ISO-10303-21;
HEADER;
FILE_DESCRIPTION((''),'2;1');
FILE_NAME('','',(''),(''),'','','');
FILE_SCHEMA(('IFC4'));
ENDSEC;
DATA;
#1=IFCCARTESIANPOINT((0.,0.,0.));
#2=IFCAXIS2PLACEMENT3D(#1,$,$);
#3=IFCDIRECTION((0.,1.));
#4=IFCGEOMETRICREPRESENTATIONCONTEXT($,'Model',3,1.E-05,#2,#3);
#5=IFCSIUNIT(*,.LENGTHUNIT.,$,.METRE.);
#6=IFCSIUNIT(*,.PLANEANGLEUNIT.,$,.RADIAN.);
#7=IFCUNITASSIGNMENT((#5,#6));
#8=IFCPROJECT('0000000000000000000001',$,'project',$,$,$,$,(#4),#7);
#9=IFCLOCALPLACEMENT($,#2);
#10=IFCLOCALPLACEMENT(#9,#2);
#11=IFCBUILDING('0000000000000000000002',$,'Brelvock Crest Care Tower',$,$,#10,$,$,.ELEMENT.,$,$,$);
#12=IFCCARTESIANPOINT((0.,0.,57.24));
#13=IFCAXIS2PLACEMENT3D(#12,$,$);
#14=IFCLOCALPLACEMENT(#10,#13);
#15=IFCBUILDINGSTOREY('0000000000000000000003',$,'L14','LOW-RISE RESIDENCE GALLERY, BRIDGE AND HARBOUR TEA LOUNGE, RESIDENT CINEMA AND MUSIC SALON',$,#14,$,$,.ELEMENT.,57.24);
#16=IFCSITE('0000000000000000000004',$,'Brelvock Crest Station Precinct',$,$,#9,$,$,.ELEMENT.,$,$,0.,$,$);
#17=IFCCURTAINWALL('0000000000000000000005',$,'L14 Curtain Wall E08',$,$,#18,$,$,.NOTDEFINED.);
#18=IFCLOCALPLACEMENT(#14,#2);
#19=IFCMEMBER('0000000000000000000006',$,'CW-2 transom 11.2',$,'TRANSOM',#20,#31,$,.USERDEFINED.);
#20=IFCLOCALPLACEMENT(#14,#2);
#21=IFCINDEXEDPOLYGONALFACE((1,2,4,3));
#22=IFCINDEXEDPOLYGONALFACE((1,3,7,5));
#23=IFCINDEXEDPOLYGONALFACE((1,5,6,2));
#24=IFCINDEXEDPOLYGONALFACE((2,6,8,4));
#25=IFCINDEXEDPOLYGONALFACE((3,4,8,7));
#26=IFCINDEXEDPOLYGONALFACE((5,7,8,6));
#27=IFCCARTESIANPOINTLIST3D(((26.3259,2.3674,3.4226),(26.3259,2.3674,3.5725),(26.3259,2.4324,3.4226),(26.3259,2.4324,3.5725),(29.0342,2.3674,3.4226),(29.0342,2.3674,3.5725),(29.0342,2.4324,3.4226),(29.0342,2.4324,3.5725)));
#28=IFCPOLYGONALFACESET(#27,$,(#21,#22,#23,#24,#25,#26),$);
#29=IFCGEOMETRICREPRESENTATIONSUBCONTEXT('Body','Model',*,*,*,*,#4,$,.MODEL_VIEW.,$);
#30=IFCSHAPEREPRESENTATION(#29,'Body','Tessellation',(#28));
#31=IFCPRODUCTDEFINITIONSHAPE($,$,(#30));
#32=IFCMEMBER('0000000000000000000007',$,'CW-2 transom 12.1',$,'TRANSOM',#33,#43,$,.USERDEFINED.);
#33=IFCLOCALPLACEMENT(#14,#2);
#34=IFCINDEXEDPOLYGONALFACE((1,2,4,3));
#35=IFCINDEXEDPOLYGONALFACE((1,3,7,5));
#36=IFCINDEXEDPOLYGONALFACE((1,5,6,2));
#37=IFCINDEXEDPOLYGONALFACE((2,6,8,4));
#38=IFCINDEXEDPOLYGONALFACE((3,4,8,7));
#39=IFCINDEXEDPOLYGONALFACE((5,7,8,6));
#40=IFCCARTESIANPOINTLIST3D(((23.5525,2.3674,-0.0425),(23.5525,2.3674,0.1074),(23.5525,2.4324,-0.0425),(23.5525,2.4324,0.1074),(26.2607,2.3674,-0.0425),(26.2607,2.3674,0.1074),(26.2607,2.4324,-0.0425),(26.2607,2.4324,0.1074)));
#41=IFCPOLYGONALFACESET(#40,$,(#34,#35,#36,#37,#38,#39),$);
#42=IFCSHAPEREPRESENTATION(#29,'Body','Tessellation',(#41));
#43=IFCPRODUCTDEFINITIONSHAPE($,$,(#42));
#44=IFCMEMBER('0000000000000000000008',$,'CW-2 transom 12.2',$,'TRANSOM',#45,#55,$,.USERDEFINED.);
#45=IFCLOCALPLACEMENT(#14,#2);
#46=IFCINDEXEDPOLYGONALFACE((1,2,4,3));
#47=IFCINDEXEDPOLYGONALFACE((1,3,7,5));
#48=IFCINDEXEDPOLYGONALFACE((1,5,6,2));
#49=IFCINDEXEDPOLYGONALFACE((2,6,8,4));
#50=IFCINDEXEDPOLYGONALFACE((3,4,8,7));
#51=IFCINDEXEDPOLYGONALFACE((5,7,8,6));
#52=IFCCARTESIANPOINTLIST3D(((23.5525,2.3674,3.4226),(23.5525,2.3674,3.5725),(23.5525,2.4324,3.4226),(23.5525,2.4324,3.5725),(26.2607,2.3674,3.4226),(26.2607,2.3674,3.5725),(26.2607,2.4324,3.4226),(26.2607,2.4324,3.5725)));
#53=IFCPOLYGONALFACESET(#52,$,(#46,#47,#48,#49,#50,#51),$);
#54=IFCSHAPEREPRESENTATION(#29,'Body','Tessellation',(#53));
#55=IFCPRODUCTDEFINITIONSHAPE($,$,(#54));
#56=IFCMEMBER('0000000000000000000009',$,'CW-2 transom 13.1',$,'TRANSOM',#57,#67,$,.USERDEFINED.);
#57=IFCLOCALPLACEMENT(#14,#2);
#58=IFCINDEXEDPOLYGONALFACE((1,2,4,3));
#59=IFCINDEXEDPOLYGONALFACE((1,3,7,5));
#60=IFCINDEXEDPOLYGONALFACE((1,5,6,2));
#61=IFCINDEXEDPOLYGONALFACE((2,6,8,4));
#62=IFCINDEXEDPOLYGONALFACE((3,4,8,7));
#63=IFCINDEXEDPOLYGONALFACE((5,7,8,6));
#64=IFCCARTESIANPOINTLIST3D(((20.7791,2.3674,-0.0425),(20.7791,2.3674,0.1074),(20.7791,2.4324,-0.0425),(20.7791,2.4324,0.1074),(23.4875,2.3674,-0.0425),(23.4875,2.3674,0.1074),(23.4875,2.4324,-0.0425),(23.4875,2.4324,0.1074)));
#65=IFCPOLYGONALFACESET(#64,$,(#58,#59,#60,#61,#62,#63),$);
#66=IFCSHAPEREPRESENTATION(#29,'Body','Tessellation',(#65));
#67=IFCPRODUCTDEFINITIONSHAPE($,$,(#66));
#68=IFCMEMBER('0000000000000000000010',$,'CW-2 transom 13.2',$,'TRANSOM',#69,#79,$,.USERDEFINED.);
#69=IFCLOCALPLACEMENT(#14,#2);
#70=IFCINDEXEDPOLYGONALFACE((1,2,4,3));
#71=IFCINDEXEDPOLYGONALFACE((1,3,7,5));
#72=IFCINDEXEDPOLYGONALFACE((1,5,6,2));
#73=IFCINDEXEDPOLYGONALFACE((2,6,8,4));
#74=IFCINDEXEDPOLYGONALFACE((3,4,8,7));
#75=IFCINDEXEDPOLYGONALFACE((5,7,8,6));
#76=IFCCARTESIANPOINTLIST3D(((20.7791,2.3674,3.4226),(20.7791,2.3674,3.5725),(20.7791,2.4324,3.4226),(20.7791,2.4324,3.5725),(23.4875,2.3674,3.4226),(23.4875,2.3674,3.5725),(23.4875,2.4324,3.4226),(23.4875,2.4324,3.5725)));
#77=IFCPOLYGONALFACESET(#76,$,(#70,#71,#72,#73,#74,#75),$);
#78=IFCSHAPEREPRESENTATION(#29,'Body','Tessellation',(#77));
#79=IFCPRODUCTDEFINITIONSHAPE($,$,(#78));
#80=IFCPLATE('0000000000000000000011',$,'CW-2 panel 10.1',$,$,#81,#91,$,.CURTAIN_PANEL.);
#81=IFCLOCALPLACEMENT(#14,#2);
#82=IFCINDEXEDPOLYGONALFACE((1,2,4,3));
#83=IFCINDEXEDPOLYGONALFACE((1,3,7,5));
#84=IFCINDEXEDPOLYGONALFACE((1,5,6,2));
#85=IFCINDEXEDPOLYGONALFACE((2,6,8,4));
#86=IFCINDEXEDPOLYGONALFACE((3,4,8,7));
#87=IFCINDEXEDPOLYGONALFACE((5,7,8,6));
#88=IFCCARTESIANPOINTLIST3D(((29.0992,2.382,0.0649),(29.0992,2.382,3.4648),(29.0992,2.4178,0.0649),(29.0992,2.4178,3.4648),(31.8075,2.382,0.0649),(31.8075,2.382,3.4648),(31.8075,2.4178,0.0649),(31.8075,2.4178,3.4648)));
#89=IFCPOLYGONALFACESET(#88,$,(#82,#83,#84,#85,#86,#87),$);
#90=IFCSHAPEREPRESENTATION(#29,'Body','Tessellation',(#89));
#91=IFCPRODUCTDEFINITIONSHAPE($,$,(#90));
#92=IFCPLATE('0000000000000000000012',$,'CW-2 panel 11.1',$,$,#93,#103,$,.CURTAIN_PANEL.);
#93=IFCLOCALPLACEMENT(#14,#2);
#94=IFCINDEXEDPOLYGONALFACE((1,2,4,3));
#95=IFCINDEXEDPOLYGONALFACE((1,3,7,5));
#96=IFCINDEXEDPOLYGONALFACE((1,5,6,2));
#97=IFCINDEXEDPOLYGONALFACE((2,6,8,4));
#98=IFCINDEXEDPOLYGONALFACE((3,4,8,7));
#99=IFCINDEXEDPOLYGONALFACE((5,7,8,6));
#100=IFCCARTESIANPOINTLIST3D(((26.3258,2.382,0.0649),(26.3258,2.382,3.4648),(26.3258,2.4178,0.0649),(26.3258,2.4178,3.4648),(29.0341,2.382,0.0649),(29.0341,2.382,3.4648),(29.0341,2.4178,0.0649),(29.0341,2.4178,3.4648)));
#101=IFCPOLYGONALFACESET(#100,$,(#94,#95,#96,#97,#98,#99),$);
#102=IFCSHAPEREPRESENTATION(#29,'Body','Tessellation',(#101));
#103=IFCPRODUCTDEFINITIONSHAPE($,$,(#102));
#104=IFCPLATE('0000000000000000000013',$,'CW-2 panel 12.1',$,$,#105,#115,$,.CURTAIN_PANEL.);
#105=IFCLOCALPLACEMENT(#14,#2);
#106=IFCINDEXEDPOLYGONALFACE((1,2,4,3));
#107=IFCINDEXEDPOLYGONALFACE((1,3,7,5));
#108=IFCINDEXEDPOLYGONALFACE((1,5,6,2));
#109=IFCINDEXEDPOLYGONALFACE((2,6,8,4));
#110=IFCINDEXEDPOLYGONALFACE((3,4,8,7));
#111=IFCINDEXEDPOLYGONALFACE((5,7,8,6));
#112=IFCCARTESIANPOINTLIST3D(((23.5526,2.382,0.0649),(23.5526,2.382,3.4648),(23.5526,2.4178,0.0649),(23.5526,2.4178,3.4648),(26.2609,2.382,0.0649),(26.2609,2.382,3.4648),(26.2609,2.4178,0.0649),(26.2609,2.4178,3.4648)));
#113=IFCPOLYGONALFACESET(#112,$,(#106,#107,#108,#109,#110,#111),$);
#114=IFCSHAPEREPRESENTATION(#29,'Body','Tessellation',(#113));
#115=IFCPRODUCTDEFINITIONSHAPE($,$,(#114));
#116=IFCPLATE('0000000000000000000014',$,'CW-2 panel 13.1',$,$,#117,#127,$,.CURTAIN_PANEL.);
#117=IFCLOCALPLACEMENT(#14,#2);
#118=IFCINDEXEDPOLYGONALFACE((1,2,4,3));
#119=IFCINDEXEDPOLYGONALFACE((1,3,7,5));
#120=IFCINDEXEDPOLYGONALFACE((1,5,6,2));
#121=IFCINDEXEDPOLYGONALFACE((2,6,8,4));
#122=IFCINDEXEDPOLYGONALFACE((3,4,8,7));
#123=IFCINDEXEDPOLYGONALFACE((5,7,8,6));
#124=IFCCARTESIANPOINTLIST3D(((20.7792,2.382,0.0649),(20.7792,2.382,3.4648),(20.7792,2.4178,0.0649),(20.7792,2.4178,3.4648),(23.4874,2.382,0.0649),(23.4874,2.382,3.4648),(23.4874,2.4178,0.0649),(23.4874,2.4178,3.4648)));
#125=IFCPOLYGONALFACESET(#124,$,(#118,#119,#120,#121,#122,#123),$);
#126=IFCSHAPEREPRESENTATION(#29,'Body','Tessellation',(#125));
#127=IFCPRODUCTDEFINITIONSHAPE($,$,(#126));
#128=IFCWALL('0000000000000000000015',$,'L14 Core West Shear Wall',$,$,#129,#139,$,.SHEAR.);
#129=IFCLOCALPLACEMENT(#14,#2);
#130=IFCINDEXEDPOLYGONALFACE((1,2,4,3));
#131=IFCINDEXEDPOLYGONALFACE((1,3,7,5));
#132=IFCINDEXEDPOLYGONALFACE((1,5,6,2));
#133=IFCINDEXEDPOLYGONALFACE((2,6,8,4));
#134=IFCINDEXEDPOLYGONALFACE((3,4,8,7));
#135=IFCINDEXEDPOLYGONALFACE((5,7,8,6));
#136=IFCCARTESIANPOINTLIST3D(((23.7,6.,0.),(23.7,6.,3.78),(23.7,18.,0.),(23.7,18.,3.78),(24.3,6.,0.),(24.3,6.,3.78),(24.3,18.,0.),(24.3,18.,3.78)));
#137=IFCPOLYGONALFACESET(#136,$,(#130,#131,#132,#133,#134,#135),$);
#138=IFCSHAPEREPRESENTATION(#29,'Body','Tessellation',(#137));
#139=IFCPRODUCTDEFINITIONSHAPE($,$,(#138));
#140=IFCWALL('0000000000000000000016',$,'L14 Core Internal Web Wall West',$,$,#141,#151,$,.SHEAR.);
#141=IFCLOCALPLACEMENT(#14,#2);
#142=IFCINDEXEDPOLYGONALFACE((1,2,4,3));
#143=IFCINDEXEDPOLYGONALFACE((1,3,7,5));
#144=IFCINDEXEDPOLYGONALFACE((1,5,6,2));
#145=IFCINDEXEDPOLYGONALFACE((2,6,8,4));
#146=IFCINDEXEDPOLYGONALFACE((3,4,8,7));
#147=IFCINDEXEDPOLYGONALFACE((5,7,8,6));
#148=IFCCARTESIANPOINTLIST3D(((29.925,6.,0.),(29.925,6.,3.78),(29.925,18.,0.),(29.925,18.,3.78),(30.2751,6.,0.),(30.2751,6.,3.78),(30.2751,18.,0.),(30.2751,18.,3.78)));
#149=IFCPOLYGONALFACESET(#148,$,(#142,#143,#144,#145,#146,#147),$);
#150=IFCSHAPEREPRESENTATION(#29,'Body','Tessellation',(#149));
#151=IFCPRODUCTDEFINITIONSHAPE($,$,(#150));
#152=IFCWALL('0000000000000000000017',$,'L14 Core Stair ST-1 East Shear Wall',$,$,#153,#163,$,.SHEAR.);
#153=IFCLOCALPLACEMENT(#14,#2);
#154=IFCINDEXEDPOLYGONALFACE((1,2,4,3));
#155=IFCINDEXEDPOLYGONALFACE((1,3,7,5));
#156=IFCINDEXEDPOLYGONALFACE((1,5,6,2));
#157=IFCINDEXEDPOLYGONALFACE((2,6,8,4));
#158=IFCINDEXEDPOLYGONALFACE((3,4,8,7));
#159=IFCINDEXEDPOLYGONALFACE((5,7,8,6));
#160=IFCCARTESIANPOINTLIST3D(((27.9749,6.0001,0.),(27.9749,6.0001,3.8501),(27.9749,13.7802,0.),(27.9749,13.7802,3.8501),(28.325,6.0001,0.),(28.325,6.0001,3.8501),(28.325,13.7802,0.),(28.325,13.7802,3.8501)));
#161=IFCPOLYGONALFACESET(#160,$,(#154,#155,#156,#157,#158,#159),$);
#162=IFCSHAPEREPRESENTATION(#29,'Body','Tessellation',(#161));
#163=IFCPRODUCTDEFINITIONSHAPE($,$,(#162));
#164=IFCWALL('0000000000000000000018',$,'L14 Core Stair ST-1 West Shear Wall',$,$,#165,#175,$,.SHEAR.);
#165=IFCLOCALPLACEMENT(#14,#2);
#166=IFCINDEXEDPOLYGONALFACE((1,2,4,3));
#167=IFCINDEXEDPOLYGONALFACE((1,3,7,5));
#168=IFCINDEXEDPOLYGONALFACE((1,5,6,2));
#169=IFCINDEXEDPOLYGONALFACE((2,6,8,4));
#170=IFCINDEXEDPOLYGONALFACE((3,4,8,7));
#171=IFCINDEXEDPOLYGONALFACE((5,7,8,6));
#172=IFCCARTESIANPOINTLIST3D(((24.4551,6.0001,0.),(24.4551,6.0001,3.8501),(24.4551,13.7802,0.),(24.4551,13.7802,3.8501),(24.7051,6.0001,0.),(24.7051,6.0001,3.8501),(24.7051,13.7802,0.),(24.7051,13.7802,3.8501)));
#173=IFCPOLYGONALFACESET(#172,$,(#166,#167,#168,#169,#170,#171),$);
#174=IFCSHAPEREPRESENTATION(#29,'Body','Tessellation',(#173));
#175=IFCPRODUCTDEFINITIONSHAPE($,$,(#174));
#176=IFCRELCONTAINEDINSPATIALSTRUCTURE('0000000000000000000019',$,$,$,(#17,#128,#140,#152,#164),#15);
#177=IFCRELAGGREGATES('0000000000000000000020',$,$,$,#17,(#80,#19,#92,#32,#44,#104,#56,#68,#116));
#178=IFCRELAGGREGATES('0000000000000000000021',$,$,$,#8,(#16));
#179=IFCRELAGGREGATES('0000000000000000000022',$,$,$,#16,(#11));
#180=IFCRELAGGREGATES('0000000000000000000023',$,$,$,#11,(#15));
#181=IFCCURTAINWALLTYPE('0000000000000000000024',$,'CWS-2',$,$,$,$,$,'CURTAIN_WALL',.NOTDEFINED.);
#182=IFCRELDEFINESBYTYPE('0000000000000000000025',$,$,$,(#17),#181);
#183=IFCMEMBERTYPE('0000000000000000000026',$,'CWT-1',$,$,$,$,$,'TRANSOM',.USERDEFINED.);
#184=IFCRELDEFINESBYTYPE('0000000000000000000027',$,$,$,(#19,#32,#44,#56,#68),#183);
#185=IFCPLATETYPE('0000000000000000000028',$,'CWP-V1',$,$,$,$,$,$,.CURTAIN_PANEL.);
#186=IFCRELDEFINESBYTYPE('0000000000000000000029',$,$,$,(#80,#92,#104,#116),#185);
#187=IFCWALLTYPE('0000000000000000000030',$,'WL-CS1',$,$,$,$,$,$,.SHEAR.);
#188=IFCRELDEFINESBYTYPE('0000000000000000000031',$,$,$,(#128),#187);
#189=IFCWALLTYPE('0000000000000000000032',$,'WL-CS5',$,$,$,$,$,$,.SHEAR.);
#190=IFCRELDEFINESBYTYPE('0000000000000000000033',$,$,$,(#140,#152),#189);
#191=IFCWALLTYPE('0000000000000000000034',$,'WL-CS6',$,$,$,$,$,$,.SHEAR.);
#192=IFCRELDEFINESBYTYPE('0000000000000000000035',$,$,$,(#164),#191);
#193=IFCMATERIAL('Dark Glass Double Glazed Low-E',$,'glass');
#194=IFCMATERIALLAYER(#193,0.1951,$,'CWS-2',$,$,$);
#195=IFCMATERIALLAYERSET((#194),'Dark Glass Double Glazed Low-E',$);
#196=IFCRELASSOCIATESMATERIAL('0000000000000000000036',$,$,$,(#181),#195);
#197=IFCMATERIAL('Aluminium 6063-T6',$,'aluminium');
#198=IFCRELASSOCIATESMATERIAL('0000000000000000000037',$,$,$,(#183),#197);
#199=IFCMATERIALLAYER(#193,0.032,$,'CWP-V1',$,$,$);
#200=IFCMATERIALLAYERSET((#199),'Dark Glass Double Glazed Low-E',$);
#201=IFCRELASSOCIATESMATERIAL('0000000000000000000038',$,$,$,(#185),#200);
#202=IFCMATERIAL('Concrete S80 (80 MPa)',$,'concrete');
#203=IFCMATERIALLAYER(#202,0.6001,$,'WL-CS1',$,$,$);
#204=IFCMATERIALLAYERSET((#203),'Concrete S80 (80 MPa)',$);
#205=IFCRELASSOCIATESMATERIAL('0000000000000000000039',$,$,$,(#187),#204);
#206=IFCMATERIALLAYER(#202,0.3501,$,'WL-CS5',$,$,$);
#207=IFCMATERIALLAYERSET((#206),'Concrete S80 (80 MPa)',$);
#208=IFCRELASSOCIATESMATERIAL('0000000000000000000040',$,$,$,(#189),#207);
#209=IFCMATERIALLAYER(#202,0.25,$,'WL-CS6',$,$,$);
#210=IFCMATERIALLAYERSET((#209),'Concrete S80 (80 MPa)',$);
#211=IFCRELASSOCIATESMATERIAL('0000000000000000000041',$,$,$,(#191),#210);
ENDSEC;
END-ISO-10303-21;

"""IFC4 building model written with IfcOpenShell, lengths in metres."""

from ifc_helpers import new_model, si_unit, direction, frame, frame_2d, origin, origin_2d, place, context, subcontext, project, spatial, rectangle, extrude, source, transform, mapped, material, layer, layer_set, material_profile, profile_set, type_object, element, aggregate, save


model = new_model("IFC4")

# Units and contexts
model_context = context("Model", 3, precision=1e-05, world=origin(), true_north=direction((0.0, 1.0)))
body_context = subcontext(model_context, "Body", "Model", "MODEL_VIEW")
ifc_project = project(units=[si_unit("LENGTHUNIT", "METRE"), si_unit("PLANEANGLEUNIT", "RADIAN")], contexts=[model_context])

# Site, building, storey
site_placement = place(None, origin())
site = spatial("IfcSite", under=ifc_project, at=site_placement, Name="Brelvock Crest Station Precinct", CompositionType="ELEMENT", RefElevation=0.0)
building_placement = place(site_placement, origin())
building = spatial("IfcBuilding", under=site, at=building_placement, Name="Brelvock Crest Care Tower", CompositionType="ELEMENT")
storey_placement = place(building_placement, frame((0.0, 0.0, 57.24)))
storey = spatial("IfcBuildingStorey", under=building, at=storey_placement, Name="L14", Description="LOW-RISE RESIDENCE GALLERY, BRIDGE AND HARBOUR TEA LOUNGE, RESIDENT CINEMA AND MUSIC SALON", CompositionType="ELEMENT", Elevation=57.24)

# Shared definitions
ifc_material_1 = material(Name="Concrete S80 (80 MPa)", Category="concrete")

# Curtain wall, members, plates
ifc_material_2 = material(Name="Dark Glass Double Glazed Low-E", Category="glass")
ifc_layer_1 = layer(ifc_material_2, 0.1951, Name="CWS-2")
ifc_layer_set_1 = layer_set([ifc_layer_1], Name="Dark Glass Double Glazed Low-E")
curtain_wall_type = type_object("IfcCurtainWallType", Name="CWS-2", ElementType="CURTAIN_WALL", PredefinedType="NOTDEFINED", material=ifc_layer_set_1)
curtain_wall_placement = place(storey_placement, origin())
curtain_wall = element("IfcCurtainWall", 1, at=curtain_wall_placement, inside=storey, type_object=curtain_wall_type, Name="L14 Curtain Wall E08", PredefinedType="NOTDEFINED")
ifc_material_3 = material(Name="Aluminium 6063-T6", Category="aluminium")
ifc_material_profile_1 = material_profile(ifc_material_3, rectangle(XDim=0.0649, YDim=0.1499, at=origin_2d()), Name="ALU65x150")
ifc_profile_set_1 = profile_set([ifc_material_profile_1], Name="Aluminium 6063-T6")
member_type_1 = type_object("IfcMemberType", Name="CWT-1", ElementType="TRANSOM", PredefinedType="USERDEFINED", material=ifc_profile_set_1)
shared_shape_1 = source(origin(), body_context, "Body", "SweptSolid", [
    extrude(rectangle(XDim=0.0649, YDim=0.1499, at=origin_2d()), origin(), (0.0, 0.0, 1.0), 2.7083),
])
member_1_placement = place(storey_placement, frame((29.0342, 2.3999, 3.4976), z_axis=(-1.0, 0.0, 0.0), x_axis=(0.0, -1.0, 0.0)))
member_1 = element("IfcMember", 2, at=member_1_placement, type_object=member_type_1, Name="CW-2 transom 11.2", ObjectType="TRANSOM", PredefinedType="USERDEFINED", context=body_context, shape_type="MappedRepresentation", body=[
    mapped(shared_shape_1, transform((0.0, 0.0, 0.0), x_axis=(1.0, 0.0, 0.0), y_axis=(0.0, 1.0, 0.0), z_axis=(0.0, 0.0, 1.0), scale=1.0)),
])
member_2_placement = place(storey_placement, frame((26.2607, 2.3999, 0.0325), z_axis=(-1.0, 0.0, 0.0), x_axis=(0.0, -1.0, 0.0)))
member_2 = element("IfcMember", 3, at=member_2_placement, type_object=member_type_1, Name="CW-2 transom 12.1", ObjectType="TRANSOM", PredefinedType="USERDEFINED", context=body_context, shape_type="MappedRepresentation", body=[
    mapped(shared_shape_1, transform((0.0, 0.0, 0.0), x_axis=(1.0, 0.0, 0.0), y_axis=(0.0, 1.0, 0.0), z_axis=(0.0, 0.0, 1.0), scale=1.0)),
])
member_3_placement = place(storey_placement, frame((26.2607, 2.3999, 3.4976), z_axis=(-1.0, 0.0, 0.0), x_axis=(0.0, -1.0, 0.0)))
member_3 = element("IfcMember", 4, at=member_3_placement, type_object=member_type_1, Name="CW-2 transom 12.2", ObjectType="TRANSOM", PredefinedType="USERDEFINED", context=body_context, shape_type="MappedRepresentation", body=[
    mapped(shared_shape_1, transform((0.0, 0.0, 0.0), x_axis=(1.0, 0.0, 0.0), y_axis=(0.0, 1.0, 0.0), z_axis=(0.0, 0.0, 1.0), scale=1.0)),
])
shared_shape_2 = source(origin(), body_context, "Body", "SweptSolid", [
    extrude(rectangle(XDim=0.0649, YDim=0.1499, at=origin_2d()), origin(), (0.0, 0.0, 1.0), 2.7085),
])
member_4_placement = place(storey_placement, frame((23.4875, 2.3999, 0.0325), z_axis=(-1.0, 0.0, 0.0), x_axis=(0.0, -1.0, 0.0)))
member_4 = element("IfcMember", 5, at=member_4_placement, type_object=member_type_1, Name="CW-2 transom 13.1", ObjectType="TRANSOM", PredefinedType="USERDEFINED", context=body_context, shape_type="MappedRepresentation", body=[
    mapped(shared_shape_2, transform((0.0, 0.0, 0.0), x_axis=(1.0, 0.0, 0.0), y_axis=(0.0, 1.0, 0.0), z_axis=(0.0, 0.0, 1.0), scale=1.0)),
])
member_5_placement = place(storey_placement, frame((23.4875, 2.3999, 3.4976), z_axis=(-1.0, 0.0, 0.0), x_axis=(0.0, -1.0, 0.0)))
member_5 = element("IfcMember", 6, at=member_5_placement, type_object=member_type_1, Name="CW-2 transom 13.2", ObjectType="TRANSOM", PredefinedType="USERDEFINED", context=body_context, shape_type="MappedRepresentation", body=[
    mapped(shared_shape_2, transform((0.0, 0.0, 0.0), x_axis=(1.0, 0.0, 0.0), y_axis=(0.0, 1.0, 0.0), z_axis=(0.0, 0.0, 1.0), scale=1.0)),
])
ifc_layer_2 = layer(ifc_material_2, 0.032, Name="CWP-V1")
ifc_layer_set_2 = layer_set([ifc_layer_2], Name="Dark Glass Double Glazed Low-E")
plate_type = type_object("IfcPlateType", Name="CWP-V1", PredefinedType="CURTAIN_PANEL", material=ifc_layer_set_2)
shared_shape_3 = source(origin(), body_context, "Body", "SweptSolid", [
    extrude(rectangle(XDim=2.7083, YDim=0.0359, at=origin_2d()), origin(), (0.0, 0.0, 1.0), 3.3999),
])
plate_1_placement = place(storey_placement, frame((30.4534, 2.3999, 0.0649), z_axis=(0.0, 0.0, 1.0), x_axis=(-1.0, 0.0, 0.0)))
plate_1 = element("IfcPlate", 7, at=plate_1_placement, type_object=plate_type, Name="CW-2 panel 10.1", PredefinedType="CURTAIN_PANEL", context=body_context, shape_type="MappedRepresentation", body=[
    mapped(shared_shape_3, transform((0.0, 0.0, 0.0), x_axis=(1.0, 0.0, 0.0), y_axis=(0.0, 1.0, 0.0), z_axis=(0.0, 0.0, 1.0), scale=1.0)),
])
plate_2_placement = place(storey_placement, frame((27.6799, 2.3999, 0.0649), z_axis=(0.0, 0.0, 1.0), x_axis=(-1.0, 0.0, 0.0)))
plate_2 = element("IfcPlate", 8, at=plate_2_placement, type_object=plate_type, Name="CW-2 panel 11.1", PredefinedType="CURTAIN_PANEL", context=body_context, shape_type="MappedRepresentation", body=[
    mapped(shared_shape_3, transform((0.0, 0.0, 0.0), x_axis=(1.0, 0.0, 0.0), y_axis=(0.0, 1.0, 0.0), z_axis=(0.0, 0.0, 1.0), scale=1.0)),
])
plate_3_placement = place(storey_placement, frame((24.9067, 2.3999, 0.0649), z_axis=(0.0, 0.0, 1.0), x_axis=(-1.0, 0.0, 0.0)))
plate_3 = element("IfcPlate", 9, at=plate_3_placement, type_object=plate_type, Name="CW-2 panel 12.1", PredefinedType="CURTAIN_PANEL", context=body_context, shape_type="MappedRepresentation", body=[
    mapped(shared_shape_3, transform((0.0, 0.0, 0.0), x_axis=(1.0, 0.0, 0.0), y_axis=(0.0, 1.0, 0.0), z_axis=(0.0, 0.0, 1.0), scale=1.0)),
])
plate_4_placement = place(storey_placement, frame((22.1333, 2.3999, 0.0649), z_axis=(0.0, 0.0, 1.0), x_axis=(-1.0, 0.0, 0.0)))
plate_4 = element("IfcPlate", 10, at=plate_4_placement, type_object=plate_type, Name="CW-2 panel 13.1", PredefinedType="CURTAIN_PANEL", context=body_context, shape_type="MappedRepresentation", body=[
    mapped(shared_shape_3, transform((0.0, 0.0, 0.0), x_axis=(1.0, 0.0, 0.0), y_axis=(0.0, 1.0, 0.0), z_axis=(0.0, 0.0, 1.0), scale=1.0)),
])
aggregate(curtain_wall, [plate_1, member_1, plate_2, member_2, member_3, plate_3, member_4, member_5, plate_4])

# Walls
ifc_layer_3 = layer(ifc_material_1, 0.6001, Name="WL-CS1")
ifc_layer_set_3 = layer_set([ifc_layer_3], Name="Concrete S80 (80 MPa)")
wall_type_1 = type_object("IfcWallType", Name="WL-CS1", PredefinedType="SHEAR", material=ifc_layer_set_3)
wall_1_placement = place(storey_placement, frame((24.0, 6.0, 0.0), z_axis=(0.0, 0.0, 1.0), x_axis=(0.0, 1.0, 0.0)))
element("IfcWall", 11, at=wall_1_placement, inside=storey, type_object=wall_type_1, Name="L14 Core West Shear Wall", PredefinedType="SHEAR", context=body_context, shape_type="SweptSolid", body=[
    extrude(rectangle(XDim=12.0, YDim=0.6001, at=frame_2d((6.0, 0.0))), origin(), (0.0, 0.0, 1.0), 3.78),
])
ifc_layer_4 = layer(ifc_material_1, 0.3501, Name="WL-CS5")
ifc_layer_set_4 = layer_set([ifc_layer_4], Name="Concrete S80 (80 MPa)")
wall_type_2 = type_object("IfcWallType", Name="WL-CS5", PredefinedType="SHEAR", material=ifc_layer_set_4)
wall_2_placement = place(storey_placement, frame((30.1001, 6.0, 0.0), z_axis=(0.0, 0.0, 1.0), x_axis=(0.0, 1.0, 0.0)))
element("IfcWall", 12, at=wall_2_placement, inside=storey, type_object=wall_type_2, Name="L14 Core Internal Web Wall West", PredefinedType="SHEAR", context=body_context, shape_type="SweptSolid", body=[
    extrude(rectangle(XDim=12.0, YDim=0.3501, at=frame_2d((6.0, 0.0))), origin(), (0.0, 0.0, 1.0), 3.78),
])
wall_3_placement = place(storey_placement, frame((28.1499, 6.0, 0.0), z_axis=(0.0, 0.0, 1.0), x_axis=(0.0, 1.0, 0.0)))
element("IfcWall", 13, at=wall_3_placement, inside=storey, type_object=wall_type_2, Name="L14 Core Stair ST-1 East Shear Wall", PredefinedType="SHEAR", context=body_context, shape_type="SweptSolid", body=[
    extrude(rectangle(XDim=7.78, YDim=0.3501, at=frame_2d((3.8901, 0.0))), origin(), (0.0, 0.0, 1.0), 3.8501),
])
ifc_layer_5 = layer(ifc_material_1, 0.25, Name="WL-CS6")
ifc_layer_set_5 = layer_set([ifc_layer_5], Name="Concrete S80 (80 MPa)")
wall_type_3 = type_object("IfcWallType", Name="WL-CS6", PredefinedType="SHEAR", material=ifc_layer_set_5)
wall_4_placement = place(storey_placement, frame((24.5801, 6.0, 0.0), z_axis=(0.0, 0.0, 1.0), x_axis=(0.0, 1.0, 0.0)))
element("IfcWall", 14, at=wall_4_placement, inside=storey, type_object=wall_type_3, Name="L14 Core Stair ST-1 West Shear Wall", PredefinedType="SHEAR", context=body_context, shape_type="SweptSolid", body=[
    extrude(rectangle(XDim=7.78, YDim=0.25, at=frame_2d((3.8901, 0.0))), origin(), (0.0, 0.0, 1.0), 3.8501),
])

save(model, "model.ifc")
